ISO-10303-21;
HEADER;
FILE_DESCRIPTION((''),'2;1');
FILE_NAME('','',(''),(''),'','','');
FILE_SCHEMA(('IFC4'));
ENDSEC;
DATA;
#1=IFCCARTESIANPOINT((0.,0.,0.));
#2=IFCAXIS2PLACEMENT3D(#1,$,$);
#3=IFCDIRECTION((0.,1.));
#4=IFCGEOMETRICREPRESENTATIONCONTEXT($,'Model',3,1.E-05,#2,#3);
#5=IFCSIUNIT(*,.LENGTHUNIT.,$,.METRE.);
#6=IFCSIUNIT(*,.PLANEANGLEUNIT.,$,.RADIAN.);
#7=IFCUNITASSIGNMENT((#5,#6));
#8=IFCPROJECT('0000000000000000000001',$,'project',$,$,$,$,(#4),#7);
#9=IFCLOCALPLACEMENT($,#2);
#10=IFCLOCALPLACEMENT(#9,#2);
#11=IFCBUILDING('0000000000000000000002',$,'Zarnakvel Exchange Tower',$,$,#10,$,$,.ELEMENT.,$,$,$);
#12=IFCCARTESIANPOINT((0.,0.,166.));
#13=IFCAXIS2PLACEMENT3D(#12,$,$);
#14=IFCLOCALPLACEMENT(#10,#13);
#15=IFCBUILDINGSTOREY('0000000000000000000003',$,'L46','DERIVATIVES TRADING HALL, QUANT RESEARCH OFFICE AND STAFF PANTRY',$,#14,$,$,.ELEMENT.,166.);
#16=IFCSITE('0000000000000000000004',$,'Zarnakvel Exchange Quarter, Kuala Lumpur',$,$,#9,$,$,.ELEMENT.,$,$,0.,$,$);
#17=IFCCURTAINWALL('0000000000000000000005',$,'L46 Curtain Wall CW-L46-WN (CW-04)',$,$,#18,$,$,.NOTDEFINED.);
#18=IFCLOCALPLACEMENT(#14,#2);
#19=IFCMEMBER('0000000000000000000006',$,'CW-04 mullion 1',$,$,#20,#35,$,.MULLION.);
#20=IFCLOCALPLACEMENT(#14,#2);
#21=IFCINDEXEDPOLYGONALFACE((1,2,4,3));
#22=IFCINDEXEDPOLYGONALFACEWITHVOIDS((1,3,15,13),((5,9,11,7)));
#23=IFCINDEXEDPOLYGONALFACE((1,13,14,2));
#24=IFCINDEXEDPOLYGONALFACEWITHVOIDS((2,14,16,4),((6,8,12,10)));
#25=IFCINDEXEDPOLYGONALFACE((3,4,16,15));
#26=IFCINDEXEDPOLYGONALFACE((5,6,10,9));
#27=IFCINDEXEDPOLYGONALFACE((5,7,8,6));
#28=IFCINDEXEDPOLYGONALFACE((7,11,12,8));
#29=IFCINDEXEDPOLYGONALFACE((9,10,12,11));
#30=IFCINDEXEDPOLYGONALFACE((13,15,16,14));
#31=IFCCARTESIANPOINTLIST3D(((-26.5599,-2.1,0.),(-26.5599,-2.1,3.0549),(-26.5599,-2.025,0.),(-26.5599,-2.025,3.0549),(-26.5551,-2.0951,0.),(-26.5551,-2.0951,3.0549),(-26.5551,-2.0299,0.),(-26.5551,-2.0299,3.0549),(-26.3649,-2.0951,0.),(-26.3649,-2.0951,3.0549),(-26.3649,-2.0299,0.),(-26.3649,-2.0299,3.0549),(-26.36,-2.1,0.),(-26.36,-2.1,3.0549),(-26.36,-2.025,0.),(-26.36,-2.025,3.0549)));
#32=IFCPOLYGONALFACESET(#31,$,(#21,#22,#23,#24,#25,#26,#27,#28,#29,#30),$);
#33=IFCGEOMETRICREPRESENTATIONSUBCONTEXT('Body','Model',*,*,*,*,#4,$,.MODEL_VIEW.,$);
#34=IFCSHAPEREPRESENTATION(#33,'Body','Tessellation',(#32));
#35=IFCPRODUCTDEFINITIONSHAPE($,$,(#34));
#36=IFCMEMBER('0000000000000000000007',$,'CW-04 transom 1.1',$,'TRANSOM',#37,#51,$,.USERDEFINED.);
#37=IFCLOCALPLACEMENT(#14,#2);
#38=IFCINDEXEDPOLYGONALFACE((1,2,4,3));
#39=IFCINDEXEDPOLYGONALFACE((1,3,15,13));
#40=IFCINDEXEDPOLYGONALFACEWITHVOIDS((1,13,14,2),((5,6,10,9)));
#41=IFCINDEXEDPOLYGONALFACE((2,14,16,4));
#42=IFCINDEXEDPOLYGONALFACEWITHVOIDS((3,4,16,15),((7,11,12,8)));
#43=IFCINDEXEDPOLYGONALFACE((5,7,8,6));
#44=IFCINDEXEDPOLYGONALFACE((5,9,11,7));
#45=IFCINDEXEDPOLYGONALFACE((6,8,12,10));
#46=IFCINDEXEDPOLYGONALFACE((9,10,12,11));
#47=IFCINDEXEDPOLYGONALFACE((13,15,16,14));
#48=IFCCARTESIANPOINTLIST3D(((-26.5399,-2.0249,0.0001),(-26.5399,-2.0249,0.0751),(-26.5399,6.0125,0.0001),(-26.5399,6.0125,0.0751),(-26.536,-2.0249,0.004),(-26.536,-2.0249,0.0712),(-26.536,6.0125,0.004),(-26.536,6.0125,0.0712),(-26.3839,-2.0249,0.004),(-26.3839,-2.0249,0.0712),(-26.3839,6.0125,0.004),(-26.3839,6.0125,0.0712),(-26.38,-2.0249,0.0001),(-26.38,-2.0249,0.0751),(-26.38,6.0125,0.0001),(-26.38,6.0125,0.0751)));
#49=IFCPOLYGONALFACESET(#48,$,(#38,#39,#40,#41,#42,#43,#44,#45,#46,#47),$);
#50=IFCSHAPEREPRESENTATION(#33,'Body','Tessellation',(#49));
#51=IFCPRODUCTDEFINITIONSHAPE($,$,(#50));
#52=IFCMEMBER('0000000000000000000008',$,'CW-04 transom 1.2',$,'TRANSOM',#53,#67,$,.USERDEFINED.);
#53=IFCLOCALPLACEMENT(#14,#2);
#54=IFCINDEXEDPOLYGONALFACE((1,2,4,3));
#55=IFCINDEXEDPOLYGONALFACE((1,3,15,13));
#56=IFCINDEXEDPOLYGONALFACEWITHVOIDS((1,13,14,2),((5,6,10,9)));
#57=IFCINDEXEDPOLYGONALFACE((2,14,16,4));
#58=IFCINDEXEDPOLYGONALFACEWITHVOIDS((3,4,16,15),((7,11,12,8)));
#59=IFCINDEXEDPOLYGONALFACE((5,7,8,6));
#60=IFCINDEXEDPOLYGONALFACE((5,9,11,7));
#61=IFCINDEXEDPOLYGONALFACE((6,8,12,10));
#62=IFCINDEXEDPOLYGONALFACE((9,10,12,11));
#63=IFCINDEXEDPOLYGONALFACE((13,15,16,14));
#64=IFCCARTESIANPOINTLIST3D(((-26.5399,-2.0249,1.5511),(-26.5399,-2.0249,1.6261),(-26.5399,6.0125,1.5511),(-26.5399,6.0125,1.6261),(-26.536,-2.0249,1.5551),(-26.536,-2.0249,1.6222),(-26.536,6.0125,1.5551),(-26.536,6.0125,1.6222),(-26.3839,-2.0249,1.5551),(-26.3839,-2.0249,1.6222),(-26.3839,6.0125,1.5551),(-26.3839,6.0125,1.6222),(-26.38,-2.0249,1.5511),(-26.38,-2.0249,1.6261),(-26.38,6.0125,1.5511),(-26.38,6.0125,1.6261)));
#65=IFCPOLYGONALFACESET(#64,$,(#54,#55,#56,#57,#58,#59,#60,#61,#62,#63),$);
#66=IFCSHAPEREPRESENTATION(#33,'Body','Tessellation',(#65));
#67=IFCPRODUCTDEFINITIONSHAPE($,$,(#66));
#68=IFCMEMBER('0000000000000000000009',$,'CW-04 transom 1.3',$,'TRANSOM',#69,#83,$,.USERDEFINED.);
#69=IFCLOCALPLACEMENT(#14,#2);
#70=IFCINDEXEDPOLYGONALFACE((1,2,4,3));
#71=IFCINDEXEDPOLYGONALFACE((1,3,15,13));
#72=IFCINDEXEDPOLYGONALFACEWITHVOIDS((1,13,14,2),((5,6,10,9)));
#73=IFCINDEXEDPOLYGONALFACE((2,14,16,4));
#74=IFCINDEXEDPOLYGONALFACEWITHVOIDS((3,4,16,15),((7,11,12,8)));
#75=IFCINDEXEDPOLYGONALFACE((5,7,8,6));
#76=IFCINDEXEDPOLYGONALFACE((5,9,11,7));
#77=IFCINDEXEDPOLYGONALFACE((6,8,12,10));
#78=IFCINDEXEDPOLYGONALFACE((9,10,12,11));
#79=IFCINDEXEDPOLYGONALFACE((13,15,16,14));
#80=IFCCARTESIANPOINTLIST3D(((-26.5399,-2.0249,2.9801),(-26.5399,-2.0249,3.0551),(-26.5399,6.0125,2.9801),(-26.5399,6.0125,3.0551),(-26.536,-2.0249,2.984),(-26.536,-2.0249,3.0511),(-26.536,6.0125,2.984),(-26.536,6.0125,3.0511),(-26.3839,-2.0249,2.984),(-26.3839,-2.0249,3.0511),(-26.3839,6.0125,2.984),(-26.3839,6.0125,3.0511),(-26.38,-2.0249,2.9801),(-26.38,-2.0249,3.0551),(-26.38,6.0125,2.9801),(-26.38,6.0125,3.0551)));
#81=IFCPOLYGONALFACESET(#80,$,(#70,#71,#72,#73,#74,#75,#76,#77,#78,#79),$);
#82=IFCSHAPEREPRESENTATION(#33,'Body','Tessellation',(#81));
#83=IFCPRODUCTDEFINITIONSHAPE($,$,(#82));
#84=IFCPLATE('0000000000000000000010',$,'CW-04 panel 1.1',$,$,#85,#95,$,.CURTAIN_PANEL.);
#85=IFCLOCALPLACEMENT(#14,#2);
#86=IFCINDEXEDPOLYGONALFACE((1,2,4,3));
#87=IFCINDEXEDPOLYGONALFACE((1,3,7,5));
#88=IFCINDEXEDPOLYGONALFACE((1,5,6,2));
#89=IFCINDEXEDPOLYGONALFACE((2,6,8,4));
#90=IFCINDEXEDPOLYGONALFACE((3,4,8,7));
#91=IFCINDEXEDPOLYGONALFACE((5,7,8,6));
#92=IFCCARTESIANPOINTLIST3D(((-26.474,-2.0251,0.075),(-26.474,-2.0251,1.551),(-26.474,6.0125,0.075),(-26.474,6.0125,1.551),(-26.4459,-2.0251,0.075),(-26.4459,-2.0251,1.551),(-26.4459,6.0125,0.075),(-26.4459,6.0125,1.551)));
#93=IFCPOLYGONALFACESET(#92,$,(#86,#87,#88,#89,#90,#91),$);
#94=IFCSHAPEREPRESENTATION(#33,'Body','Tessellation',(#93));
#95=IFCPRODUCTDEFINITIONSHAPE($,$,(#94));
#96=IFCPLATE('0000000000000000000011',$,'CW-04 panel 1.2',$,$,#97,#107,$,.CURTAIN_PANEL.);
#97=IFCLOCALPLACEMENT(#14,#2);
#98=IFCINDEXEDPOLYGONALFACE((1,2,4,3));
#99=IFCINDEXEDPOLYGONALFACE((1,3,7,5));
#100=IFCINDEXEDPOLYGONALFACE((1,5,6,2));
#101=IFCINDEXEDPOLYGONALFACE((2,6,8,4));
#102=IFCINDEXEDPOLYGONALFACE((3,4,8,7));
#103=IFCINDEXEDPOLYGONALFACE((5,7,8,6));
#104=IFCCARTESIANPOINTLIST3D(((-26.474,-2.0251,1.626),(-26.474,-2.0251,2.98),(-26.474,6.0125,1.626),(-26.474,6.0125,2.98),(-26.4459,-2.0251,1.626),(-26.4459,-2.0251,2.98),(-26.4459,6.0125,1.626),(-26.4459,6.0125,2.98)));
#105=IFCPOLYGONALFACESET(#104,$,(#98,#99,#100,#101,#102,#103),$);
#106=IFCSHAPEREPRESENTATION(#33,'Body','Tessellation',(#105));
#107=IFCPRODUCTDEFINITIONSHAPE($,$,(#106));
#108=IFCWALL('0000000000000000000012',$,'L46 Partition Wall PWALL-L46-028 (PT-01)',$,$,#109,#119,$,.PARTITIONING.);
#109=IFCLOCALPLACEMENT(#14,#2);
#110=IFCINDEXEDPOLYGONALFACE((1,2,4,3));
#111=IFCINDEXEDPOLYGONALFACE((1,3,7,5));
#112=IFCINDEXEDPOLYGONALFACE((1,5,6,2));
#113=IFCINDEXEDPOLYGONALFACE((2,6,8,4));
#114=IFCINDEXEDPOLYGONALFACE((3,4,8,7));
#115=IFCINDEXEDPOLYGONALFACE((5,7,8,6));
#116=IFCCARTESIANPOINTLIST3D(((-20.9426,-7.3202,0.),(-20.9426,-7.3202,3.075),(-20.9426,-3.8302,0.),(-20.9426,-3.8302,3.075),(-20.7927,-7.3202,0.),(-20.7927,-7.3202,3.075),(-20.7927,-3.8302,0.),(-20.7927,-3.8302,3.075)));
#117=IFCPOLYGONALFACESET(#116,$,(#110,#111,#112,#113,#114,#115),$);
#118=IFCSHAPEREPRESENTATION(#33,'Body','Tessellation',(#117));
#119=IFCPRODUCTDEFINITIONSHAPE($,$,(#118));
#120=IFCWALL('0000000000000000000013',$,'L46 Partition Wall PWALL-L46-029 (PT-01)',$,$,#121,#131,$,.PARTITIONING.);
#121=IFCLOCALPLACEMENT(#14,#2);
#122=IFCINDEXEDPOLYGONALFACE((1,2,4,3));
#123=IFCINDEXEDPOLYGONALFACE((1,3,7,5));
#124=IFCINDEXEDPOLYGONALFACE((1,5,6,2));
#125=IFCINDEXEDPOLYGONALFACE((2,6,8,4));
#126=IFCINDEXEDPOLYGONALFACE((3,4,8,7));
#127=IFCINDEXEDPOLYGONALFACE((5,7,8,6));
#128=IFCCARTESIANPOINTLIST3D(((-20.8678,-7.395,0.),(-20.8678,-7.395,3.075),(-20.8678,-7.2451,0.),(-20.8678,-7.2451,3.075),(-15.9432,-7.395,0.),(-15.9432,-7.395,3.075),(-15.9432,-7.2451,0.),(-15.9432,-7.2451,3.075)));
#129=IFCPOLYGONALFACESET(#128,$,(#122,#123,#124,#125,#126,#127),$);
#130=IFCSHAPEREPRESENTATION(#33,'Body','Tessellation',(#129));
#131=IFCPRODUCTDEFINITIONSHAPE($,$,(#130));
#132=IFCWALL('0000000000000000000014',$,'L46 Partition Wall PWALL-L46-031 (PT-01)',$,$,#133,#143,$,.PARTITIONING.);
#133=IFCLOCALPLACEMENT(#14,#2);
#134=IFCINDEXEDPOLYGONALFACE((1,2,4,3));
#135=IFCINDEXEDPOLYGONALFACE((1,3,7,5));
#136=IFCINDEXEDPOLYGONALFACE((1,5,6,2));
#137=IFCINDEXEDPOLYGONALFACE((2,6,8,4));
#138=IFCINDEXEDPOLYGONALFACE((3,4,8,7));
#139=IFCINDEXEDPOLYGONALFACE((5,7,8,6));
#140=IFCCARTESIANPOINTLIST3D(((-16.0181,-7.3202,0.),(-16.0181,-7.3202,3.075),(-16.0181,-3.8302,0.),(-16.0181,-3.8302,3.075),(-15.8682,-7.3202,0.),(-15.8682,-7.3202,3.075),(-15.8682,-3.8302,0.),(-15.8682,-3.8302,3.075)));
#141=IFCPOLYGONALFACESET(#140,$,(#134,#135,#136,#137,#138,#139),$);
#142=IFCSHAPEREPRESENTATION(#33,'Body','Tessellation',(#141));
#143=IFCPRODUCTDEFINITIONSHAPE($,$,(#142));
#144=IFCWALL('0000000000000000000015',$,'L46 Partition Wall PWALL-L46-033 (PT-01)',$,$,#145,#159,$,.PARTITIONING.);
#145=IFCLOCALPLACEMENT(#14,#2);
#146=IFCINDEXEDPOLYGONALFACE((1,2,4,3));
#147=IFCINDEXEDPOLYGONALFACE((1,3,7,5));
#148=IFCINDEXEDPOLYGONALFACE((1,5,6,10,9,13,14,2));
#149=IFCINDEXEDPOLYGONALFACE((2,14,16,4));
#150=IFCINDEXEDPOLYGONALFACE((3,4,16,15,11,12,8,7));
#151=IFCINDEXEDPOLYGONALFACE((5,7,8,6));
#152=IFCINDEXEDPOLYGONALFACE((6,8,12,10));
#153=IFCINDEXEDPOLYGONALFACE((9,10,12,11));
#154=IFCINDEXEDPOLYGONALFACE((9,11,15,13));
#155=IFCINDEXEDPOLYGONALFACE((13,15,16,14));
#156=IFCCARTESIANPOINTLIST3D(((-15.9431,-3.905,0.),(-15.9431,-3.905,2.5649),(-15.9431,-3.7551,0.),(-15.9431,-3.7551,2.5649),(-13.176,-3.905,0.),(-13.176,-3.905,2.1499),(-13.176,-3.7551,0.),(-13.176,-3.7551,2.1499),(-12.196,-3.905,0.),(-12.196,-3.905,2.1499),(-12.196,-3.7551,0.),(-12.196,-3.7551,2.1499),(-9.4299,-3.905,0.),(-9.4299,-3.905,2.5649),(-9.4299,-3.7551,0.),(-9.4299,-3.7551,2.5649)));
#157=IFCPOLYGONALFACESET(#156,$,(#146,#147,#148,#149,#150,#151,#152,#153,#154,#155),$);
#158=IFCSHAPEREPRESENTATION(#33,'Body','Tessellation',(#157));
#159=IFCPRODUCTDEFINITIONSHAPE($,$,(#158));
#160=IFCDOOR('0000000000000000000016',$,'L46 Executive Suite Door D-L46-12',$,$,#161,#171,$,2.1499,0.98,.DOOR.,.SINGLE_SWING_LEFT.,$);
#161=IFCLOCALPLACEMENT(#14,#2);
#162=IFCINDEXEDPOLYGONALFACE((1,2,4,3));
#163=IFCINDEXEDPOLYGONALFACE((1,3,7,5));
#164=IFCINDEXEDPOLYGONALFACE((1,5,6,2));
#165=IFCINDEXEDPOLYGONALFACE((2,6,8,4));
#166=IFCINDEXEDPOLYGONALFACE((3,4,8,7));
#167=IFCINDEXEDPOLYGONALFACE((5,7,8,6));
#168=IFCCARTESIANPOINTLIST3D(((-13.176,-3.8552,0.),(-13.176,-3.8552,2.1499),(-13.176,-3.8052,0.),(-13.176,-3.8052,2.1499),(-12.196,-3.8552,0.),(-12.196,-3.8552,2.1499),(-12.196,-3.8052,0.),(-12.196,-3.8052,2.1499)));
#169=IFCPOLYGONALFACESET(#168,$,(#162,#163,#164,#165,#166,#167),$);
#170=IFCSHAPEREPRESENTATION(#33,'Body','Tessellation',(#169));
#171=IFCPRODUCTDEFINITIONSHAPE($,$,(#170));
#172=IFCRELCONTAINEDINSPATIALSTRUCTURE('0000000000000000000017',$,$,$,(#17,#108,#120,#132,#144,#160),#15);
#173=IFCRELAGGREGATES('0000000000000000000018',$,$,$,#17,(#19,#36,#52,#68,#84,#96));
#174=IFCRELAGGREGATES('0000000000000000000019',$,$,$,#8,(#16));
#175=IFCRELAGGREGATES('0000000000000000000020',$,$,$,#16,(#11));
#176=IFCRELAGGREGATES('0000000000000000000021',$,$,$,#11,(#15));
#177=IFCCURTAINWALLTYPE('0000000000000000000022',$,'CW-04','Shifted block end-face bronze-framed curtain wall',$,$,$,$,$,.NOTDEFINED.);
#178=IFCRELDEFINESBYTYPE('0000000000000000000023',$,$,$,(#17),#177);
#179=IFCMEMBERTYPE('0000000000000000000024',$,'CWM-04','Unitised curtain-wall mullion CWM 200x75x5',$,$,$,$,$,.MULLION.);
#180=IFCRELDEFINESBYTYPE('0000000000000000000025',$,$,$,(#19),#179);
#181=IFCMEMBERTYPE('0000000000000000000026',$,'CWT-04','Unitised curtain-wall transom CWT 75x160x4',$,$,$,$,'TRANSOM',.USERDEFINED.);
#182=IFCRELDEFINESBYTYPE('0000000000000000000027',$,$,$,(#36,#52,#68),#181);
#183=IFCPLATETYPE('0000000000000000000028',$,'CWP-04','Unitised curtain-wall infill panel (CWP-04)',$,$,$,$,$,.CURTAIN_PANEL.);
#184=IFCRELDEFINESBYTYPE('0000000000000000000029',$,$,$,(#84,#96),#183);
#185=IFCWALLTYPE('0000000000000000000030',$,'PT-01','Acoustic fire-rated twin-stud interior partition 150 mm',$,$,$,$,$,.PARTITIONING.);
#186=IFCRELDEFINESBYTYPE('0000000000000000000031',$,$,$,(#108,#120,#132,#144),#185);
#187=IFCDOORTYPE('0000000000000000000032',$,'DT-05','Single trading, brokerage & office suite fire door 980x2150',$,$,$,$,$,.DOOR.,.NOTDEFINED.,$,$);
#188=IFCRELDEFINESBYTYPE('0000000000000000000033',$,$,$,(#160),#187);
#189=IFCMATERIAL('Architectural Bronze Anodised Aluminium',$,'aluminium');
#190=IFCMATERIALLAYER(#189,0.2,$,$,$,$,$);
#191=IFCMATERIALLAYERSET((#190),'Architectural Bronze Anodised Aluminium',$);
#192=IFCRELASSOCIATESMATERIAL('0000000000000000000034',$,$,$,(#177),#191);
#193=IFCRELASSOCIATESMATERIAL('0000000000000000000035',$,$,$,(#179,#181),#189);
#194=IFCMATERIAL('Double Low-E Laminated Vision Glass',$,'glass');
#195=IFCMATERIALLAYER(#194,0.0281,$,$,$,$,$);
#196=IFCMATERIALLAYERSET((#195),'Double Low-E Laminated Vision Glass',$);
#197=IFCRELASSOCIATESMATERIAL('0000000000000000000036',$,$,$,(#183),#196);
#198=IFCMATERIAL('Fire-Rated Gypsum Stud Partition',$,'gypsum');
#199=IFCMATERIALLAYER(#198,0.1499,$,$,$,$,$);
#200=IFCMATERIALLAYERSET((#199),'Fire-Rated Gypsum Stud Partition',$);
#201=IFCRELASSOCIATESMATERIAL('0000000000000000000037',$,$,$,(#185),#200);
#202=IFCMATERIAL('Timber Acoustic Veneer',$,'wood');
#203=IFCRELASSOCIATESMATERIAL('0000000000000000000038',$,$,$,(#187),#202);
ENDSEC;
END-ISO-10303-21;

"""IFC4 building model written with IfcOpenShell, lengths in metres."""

from ifc_helpers import new_model, si_unit, direction, frame, frame_2d, origin, origin_2d, place, context, subcontext, project, spatial, rectangle, hollow_rectangle, extrude, source, transform, mapped, material, layer, layer_set, material_profile, profile_set, type_object, element, fill, aggregate, save


model = new_model("IFC4")

# Units and contexts
model_context = context("Model", 3, precision=1e-05, world=origin(), true_north=direction((0.0, 1.0)))
body_context = subcontext(model_context, "Body", "Model", "MODEL_VIEW")
ifc_project = project(units=[si_unit("LENGTHUNIT", "METRE"), si_unit("PLANEANGLEUNIT", "RADIAN")], contexts=[model_context])

# Site, building, storey
site_placement = place(None, origin())
site = spatial("IfcSite", under=ifc_project, at=site_placement, Name="Zarnakvel Exchange Quarter, Kuala Lumpur", CompositionType="ELEMENT", RefElevation=0.0)
building_placement = place(site_placement, origin())
building = spatial("IfcBuilding", under=site, at=building_placement, Name="Zarnakvel Exchange Tower", CompositionType="ELEMENT")
storey_placement = place(building_placement, frame((0.0, 0.0, 166.0)))
storey = spatial("IfcBuildingStorey", under=building, at=storey_placement, Name="L46", Description="DERIVATIVES TRADING HALL, QUANT RESEARCH OFFICE AND STAFF PANTRY", CompositionType="ELEMENT", Elevation=166.0)

# Curtain wall, members, plates
ifc_material_1 = material(Name="Architectural Bronze Anodised Aluminium", Category="aluminium")
ifc_layer_1 = layer(ifc_material_1, 0.2)
ifc_layer_set_1 = layer_set([ifc_layer_1], Name="Architectural Bronze Anodised Aluminium")
curtain_wall_type = type_object("IfcCurtainWallType", Name="CW-04", Description="Shifted block end-face bronze-framed curtain wall", PredefinedType="NOTDEFINED", material=ifc_layer_set_1)
curtain_wall_placement = place(storey_placement, origin())
curtain_wall = element("IfcCurtainWall", 1, at=curtain_wall_placement, inside=storey, type_object=curtain_wall_type, Name="L46 Curtain Wall CW-L46-WN (CW-04)", PredefinedType="NOTDEFINED")
ifc_material_profile_1 = material_profile(ifc_material_1, hollow_rectangle(XDim=0.2, YDim=0.075, WallThickness=0.0049, at=origin_2d()))
ifc_profile_set_1 = profile_set([ifc_material_profile_1], Name="Architectural Bronze Anodised Aluminium")
member_type_1 = type_object("IfcMemberType", Name="CWM-04", Description="Unitised curtain-wall mullion CWM 200x75x5", PredefinedType="MULLION", material=ifc_profile_set_1)
shared_shape_1 = source(origin(), body_context, "Body", "SweptSolid", [
    extrude(hollow_rectangle(XDim=0.2, YDim=0.075, WallThickness=0.0049, at=origin_2d()), origin(), (0.0, 0.0, 1.0), 3.0549),
])
member_1_placement = place(storey_placement, frame((-26.46, -2.0625, 0.0), z_axis=(0.0, 0.0, 1.0), x_axis=(-1.0, 0.0, 0.0)))
member_1 = element("IfcMember", 2, at=member_1_placement, type_object=member_type_1, Name="CW-04 mullion 1", PredefinedType="MULLION", context=body_context, shape_type="MappedRepresentation", body=[
    mapped(shared_shape_1, transform((0.0, 0.0, 0.0), x_axis=(1.0, 0.0, 0.0), y_axis=(0.0, 1.0, 0.0), z_axis=(0.0, 0.0, 1.0), scale=1.0)),
])
ifc_material_profile_2 = material_profile(ifc_material_1, hollow_rectangle(XDim=0.1599, YDim=0.075, WallThickness=0.0039, at=origin_2d()))
ifc_profile_set_2 = profile_set([ifc_material_profile_2], Name="Architectural Bronze Anodised Aluminium")
member_type_2 = type_object("IfcMemberType", Name="CWT-04", Description="Unitised curtain-wall transom CWT 75x160x4", ElementType="TRANSOM", PredefinedType="USERDEFINED", material=ifc_profile_set_2)
shared_shape_2 = source(origin(), body_context, "Body", "SweptSolid", [
    extrude(hollow_rectangle(XDim=0.1599, YDim=0.075, WallThickness=0.0039, at=origin_2d()), origin(), (0.0, 0.0, 1.0), 8.0374),
])
member_2_placement = place(storey_placement, frame((-26.46, -2.0249, 0.0376), z_axis=(0.0, 1.0, 0.0), x_axis=(-1.0, 0.0, 0.0)))
member_2 = element("IfcMember", 3, at=member_2_placement, type_object=member_type_2, Name="CW-04 transom 1.1", ObjectType="TRANSOM", PredefinedType="USERDEFINED", context=body_context, shape_type="MappedRepresentation", body=[
    mapped(shared_shape_2, transform((0.0, 0.0, 0.0), x_axis=(1.0, 0.0, 0.0), y_axis=(0.0, 1.0, 0.0), z_axis=(0.0, 0.0, 1.0), scale=1.0)),
])
member_3_placement = place(storey_placement, frame((-26.46, -2.0249, 1.5886), z_axis=(0.0, 1.0, 0.0), x_axis=(-1.0, 0.0, 0.0)))
member_3 = element("IfcMember", 4, at=member_3_placement, type_object=member_type_2, Name="CW-04 transom 1.2", ObjectType="TRANSOM", PredefinedType="USERDEFINED", context=body_context, shape_type="MappedRepresentation", body=[
    mapped(shared_shape_2, transform((0.0, 0.0, 0.0), x_axis=(1.0, 0.0, 0.0), y_axis=(0.0, 1.0, 0.0), z_axis=(0.0, 0.0, 1.0), scale=1.0)),
])
member_4_placement = place(storey_placement, frame((-26.46, -2.0249, 3.0176), z_axis=(0.0, 1.0, 0.0), x_axis=(-1.0, 0.0, 0.0)))
member_4 = element("IfcMember", 5, at=member_4_placement, type_object=member_type_2, Name="CW-04 transom 1.3", ObjectType="TRANSOM", PredefinedType="USERDEFINED", context=body_context, shape_type="MappedRepresentation", body=[
    mapped(shared_shape_2, transform((0.0, 0.0, 0.0), x_axis=(1.0, 0.0, 0.0), y_axis=(0.0, 1.0, 0.0), z_axis=(0.0, 0.0, 1.0), scale=1.0)),
])
ifc_material_2 = material(Name="Double Low-E Laminated Vision Glass", Category="glass")
ifc_layer_2 = layer(ifc_material_2, 0.0281)
ifc_layer_set_2 = layer_set([ifc_layer_2], Name="Double Low-E Laminated Vision Glass")
plate_type = type_object("IfcPlateType", Name="CWP-04", Description="Unitised curtain-wall infill panel (CWP-04)", PredefinedType="CURTAIN_PANEL", material=ifc_layer_set_2)
shared_shape_3 = source(origin(), body_context, "Body", "SweptSolid", [
    extrude(rectangle(XDim=8.0376, YDim=0.0281, at=origin_2d()), origin(), (0.0, 0.0, 1.0), 1.4761),
])
plate_1_placement = place(storey_placement, frame((-26.46, 1.9937, 0.075), z_axis=(0.0, 0.0, 1.0), x_axis=(0.0, 1.0, 0.0)))
plate_1 = element("IfcPlate", 6, at=plate_1_placement, type_object=plate_type, Name="CW-04 panel 1.1", PredefinedType="CURTAIN_PANEL", context=body_context, shape_type="MappedRepresentation", body=[
    mapped(shared_shape_3, transform((0.0, 0.0, 0.0), x_axis=(1.0, 0.0, 0.0), y_axis=(0.0, 1.0, 0.0), z_axis=(0.0, 0.0, 1.0), scale=1.0)),
])
shared_shape_4 = source(origin(), body_context, "Body", "SweptSolid", [
    extrude(rectangle(XDim=8.0376, YDim=0.0281, at=origin_2d()), origin(), (0.0, 0.0, 1.0), 1.354),
])
plate_2_placement = place(storey_placement, frame((-26.46, 1.9937, 1.626), z_axis=(0.0, 0.0, 1.0), x_axis=(0.0, 1.0, 0.0)))
plate_2 = element("IfcPlate", 7, at=plate_2_placement, type_object=plate_type, Name="CW-04 panel 1.2", PredefinedType="CURTAIN_PANEL", context=body_context, shape_type="MappedRepresentation", body=[
    mapped(shared_shape_4, transform((0.0, 0.0, 0.0), x_axis=(1.0, 0.0, 0.0), y_axis=(0.0, 1.0, 0.0), z_axis=(0.0, 0.0, 1.0), scale=1.0)),
])
aggregate(curtain_wall, [member_1, member_2, member_3, member_4, plate_1, plate_2])

# Shared definitions
ifc_material_3 = material(Name="Fire-Rated Gypsum Stud Partition", Category="gypsum")
ifc_layer_3 = layer(ifc_material_3, 0.1499)
ifc_layer_set_3 = layer_set([ifc_layer_3], Name="Fire-Rated Gypsum Stud Partition")
wall_type = type_object("IfcWallType", Name="PT-01", Description="Acoustic fire-rated twin-stud interior partition 150 mm", PredefinedType="PARTITIONING", material=ifc_layer_set_3)
ifc_material_4 = material(Name="Timber Acoustic Veneer", Category="wood")
door_type = type_object("IfcDoorType", Name="DT-05", Description="Single trading, brokerage & office suite fire door 980x2150", OperationType="NOTDEFINED", PredefinedType="DOOR", material=ifc_material_4)
shared_shape_5 = source(origin(), body_context, "Body", "SweptSolid", [
    extrude(rectangle(XDim=0.98, YDim=2.1499, at=frame_2d((0.49, 1.075))), frame((0.0, 0.0249, 0.0), z_axis=(0.0, -1.0, 0.0), x_axis=(1.0, 0.0, 0.0)), (0.0, 0.0, 1.0), 0.05),
])

# Walls
wall_1_placement = place(storey_placement, frame((-20.8677, -3.8301, 0.0), z_axis=(0.0, 0.0, 1.0), x_axis=(0.0, -1.0, 0.0)))
element("IfcWall", 8, at=wall_1_placement, inside=storey, type_object=wall_type, Name="L46 Partition Wall PWALL-L46-028 (PT-01)", PredefinedType="PARTITIONING", context=body_context, shape_type="SweptSolid", body=[
    extrude(rectangle(XDim=3.49, YDim=0.1499, at=frame_2d((1.7451, 0.0))), origin(), (0.0, 0.0, 1.0), 3.075),
])
wall_2_placement = place(storey_placement, frame((-15.9431, -7.3201, 0.0), z_axis=(0.0, 0.0, 1.0), x_axis=(-1.0, 0.0, 0.0)))
element("IfcWall", 9, at=wall_2_placement, inside=storey, type_object=wall_type, Name="L46 Partition Wall PWALL-L46-029 (PT-01)", PredefinedType="PARTITIONING", context=body_context, shape_type="SweptSolid", body=[
    extrude(rectangle(XDim=4.9246, YDim=0.1499, at=frame_2d((2.4624, 0.0))), origin(), (0.0, 0.0, 1.0), 3.075),
])

# Wall
wall_3_placement = place(storey_placement, frame((-15.9431, -3.8301, 0.0), z_axis=(0.0, 0.0, 1.0), x_axis=(0.0, -1.0, 0.0)))
element("IfcWall", 10, at=wall_3_placement, inside=storey, type_object=wall_type, Name="L46 Partition Wall PWALL-L46-031 (PT-01)", PredefinedType="PARTITIONING", context=body_context, shape_type="SweptSolid", body=[
    extrude(rectangle(XDim=3.49, YDim=0.1499, at=frame_2d((1.7451, 0.0))), origin(), (0.0, 0.0, 1.0), 3.075),
])

# Wall, opening, door
wall_4_placement = place(storey_placement, frame((-15.9431, -3.8301, 0.0), z_axis=(0.0, 0.0, 1.0), x_axis=(1.0, 0.0, 0.0)))
wall_4 = element("IfcWall", 11, at=wall_4_placement, inside=storey, type_object=wall_type, Name="L46 Partition Wall PWALL-L46-033 (PT-01)", PredefinedType="PARTITIONING", context=body_context, shape_type="SweptSolid", body=[
    extrude(rectangle(XDim=6.5132, YDim=0.1499, at=frame_2d((3.2566, 0.0))), origin(), (0.0, 0.0, 1.0), 2.5649),
])
opening_1_placement = place(wall_4_placement, frame((2.7671, 0.0, 0.0)))
opening_1 = element("IfcOpeningElement", 12, at=opening_1_placement, cuts=wall_4, PredefinedType="OPENING", context=body_context, shape_type="SweptSolid", body=[
    extrude(rectangle(XDim=0.98, YDim=2.1499, at=frame_2d((0.49, 1.075))), frame((0.0, 0.085, 0.0), z_axis=(0.0, -1.0, 0.0), x_axis=(1.0, 0.0, 0.0)), (0.0, 0.0, 1.0), 0.1699),
])
door_1_placement = place(opening_1_placement, origin())
door_1 = element("IfcDoor", 13, at=door_1_placement, inside=storey, type_object=door_type, Name="L46 Executive Suite Door D-L46-12", OperationType="SINGLE_SWING_LEFT", OverallHeight=2.1499, OverallWidth=0.98, PredefinedType="DOOR", context=body_context, shape_type="MappedRepresentation", body=[
    mapped(shared_shape_5, transform((0.0, 0.0, 0.0), x_axis=(1.0, 0.0, 0.0), y_axis=(0.0, 1.0, 0.0), z_axis=(0.0, 0.0, 1.0), scale=1.0)),
])
fill(opening_1, door_1)

save(model, "model.ifc")
